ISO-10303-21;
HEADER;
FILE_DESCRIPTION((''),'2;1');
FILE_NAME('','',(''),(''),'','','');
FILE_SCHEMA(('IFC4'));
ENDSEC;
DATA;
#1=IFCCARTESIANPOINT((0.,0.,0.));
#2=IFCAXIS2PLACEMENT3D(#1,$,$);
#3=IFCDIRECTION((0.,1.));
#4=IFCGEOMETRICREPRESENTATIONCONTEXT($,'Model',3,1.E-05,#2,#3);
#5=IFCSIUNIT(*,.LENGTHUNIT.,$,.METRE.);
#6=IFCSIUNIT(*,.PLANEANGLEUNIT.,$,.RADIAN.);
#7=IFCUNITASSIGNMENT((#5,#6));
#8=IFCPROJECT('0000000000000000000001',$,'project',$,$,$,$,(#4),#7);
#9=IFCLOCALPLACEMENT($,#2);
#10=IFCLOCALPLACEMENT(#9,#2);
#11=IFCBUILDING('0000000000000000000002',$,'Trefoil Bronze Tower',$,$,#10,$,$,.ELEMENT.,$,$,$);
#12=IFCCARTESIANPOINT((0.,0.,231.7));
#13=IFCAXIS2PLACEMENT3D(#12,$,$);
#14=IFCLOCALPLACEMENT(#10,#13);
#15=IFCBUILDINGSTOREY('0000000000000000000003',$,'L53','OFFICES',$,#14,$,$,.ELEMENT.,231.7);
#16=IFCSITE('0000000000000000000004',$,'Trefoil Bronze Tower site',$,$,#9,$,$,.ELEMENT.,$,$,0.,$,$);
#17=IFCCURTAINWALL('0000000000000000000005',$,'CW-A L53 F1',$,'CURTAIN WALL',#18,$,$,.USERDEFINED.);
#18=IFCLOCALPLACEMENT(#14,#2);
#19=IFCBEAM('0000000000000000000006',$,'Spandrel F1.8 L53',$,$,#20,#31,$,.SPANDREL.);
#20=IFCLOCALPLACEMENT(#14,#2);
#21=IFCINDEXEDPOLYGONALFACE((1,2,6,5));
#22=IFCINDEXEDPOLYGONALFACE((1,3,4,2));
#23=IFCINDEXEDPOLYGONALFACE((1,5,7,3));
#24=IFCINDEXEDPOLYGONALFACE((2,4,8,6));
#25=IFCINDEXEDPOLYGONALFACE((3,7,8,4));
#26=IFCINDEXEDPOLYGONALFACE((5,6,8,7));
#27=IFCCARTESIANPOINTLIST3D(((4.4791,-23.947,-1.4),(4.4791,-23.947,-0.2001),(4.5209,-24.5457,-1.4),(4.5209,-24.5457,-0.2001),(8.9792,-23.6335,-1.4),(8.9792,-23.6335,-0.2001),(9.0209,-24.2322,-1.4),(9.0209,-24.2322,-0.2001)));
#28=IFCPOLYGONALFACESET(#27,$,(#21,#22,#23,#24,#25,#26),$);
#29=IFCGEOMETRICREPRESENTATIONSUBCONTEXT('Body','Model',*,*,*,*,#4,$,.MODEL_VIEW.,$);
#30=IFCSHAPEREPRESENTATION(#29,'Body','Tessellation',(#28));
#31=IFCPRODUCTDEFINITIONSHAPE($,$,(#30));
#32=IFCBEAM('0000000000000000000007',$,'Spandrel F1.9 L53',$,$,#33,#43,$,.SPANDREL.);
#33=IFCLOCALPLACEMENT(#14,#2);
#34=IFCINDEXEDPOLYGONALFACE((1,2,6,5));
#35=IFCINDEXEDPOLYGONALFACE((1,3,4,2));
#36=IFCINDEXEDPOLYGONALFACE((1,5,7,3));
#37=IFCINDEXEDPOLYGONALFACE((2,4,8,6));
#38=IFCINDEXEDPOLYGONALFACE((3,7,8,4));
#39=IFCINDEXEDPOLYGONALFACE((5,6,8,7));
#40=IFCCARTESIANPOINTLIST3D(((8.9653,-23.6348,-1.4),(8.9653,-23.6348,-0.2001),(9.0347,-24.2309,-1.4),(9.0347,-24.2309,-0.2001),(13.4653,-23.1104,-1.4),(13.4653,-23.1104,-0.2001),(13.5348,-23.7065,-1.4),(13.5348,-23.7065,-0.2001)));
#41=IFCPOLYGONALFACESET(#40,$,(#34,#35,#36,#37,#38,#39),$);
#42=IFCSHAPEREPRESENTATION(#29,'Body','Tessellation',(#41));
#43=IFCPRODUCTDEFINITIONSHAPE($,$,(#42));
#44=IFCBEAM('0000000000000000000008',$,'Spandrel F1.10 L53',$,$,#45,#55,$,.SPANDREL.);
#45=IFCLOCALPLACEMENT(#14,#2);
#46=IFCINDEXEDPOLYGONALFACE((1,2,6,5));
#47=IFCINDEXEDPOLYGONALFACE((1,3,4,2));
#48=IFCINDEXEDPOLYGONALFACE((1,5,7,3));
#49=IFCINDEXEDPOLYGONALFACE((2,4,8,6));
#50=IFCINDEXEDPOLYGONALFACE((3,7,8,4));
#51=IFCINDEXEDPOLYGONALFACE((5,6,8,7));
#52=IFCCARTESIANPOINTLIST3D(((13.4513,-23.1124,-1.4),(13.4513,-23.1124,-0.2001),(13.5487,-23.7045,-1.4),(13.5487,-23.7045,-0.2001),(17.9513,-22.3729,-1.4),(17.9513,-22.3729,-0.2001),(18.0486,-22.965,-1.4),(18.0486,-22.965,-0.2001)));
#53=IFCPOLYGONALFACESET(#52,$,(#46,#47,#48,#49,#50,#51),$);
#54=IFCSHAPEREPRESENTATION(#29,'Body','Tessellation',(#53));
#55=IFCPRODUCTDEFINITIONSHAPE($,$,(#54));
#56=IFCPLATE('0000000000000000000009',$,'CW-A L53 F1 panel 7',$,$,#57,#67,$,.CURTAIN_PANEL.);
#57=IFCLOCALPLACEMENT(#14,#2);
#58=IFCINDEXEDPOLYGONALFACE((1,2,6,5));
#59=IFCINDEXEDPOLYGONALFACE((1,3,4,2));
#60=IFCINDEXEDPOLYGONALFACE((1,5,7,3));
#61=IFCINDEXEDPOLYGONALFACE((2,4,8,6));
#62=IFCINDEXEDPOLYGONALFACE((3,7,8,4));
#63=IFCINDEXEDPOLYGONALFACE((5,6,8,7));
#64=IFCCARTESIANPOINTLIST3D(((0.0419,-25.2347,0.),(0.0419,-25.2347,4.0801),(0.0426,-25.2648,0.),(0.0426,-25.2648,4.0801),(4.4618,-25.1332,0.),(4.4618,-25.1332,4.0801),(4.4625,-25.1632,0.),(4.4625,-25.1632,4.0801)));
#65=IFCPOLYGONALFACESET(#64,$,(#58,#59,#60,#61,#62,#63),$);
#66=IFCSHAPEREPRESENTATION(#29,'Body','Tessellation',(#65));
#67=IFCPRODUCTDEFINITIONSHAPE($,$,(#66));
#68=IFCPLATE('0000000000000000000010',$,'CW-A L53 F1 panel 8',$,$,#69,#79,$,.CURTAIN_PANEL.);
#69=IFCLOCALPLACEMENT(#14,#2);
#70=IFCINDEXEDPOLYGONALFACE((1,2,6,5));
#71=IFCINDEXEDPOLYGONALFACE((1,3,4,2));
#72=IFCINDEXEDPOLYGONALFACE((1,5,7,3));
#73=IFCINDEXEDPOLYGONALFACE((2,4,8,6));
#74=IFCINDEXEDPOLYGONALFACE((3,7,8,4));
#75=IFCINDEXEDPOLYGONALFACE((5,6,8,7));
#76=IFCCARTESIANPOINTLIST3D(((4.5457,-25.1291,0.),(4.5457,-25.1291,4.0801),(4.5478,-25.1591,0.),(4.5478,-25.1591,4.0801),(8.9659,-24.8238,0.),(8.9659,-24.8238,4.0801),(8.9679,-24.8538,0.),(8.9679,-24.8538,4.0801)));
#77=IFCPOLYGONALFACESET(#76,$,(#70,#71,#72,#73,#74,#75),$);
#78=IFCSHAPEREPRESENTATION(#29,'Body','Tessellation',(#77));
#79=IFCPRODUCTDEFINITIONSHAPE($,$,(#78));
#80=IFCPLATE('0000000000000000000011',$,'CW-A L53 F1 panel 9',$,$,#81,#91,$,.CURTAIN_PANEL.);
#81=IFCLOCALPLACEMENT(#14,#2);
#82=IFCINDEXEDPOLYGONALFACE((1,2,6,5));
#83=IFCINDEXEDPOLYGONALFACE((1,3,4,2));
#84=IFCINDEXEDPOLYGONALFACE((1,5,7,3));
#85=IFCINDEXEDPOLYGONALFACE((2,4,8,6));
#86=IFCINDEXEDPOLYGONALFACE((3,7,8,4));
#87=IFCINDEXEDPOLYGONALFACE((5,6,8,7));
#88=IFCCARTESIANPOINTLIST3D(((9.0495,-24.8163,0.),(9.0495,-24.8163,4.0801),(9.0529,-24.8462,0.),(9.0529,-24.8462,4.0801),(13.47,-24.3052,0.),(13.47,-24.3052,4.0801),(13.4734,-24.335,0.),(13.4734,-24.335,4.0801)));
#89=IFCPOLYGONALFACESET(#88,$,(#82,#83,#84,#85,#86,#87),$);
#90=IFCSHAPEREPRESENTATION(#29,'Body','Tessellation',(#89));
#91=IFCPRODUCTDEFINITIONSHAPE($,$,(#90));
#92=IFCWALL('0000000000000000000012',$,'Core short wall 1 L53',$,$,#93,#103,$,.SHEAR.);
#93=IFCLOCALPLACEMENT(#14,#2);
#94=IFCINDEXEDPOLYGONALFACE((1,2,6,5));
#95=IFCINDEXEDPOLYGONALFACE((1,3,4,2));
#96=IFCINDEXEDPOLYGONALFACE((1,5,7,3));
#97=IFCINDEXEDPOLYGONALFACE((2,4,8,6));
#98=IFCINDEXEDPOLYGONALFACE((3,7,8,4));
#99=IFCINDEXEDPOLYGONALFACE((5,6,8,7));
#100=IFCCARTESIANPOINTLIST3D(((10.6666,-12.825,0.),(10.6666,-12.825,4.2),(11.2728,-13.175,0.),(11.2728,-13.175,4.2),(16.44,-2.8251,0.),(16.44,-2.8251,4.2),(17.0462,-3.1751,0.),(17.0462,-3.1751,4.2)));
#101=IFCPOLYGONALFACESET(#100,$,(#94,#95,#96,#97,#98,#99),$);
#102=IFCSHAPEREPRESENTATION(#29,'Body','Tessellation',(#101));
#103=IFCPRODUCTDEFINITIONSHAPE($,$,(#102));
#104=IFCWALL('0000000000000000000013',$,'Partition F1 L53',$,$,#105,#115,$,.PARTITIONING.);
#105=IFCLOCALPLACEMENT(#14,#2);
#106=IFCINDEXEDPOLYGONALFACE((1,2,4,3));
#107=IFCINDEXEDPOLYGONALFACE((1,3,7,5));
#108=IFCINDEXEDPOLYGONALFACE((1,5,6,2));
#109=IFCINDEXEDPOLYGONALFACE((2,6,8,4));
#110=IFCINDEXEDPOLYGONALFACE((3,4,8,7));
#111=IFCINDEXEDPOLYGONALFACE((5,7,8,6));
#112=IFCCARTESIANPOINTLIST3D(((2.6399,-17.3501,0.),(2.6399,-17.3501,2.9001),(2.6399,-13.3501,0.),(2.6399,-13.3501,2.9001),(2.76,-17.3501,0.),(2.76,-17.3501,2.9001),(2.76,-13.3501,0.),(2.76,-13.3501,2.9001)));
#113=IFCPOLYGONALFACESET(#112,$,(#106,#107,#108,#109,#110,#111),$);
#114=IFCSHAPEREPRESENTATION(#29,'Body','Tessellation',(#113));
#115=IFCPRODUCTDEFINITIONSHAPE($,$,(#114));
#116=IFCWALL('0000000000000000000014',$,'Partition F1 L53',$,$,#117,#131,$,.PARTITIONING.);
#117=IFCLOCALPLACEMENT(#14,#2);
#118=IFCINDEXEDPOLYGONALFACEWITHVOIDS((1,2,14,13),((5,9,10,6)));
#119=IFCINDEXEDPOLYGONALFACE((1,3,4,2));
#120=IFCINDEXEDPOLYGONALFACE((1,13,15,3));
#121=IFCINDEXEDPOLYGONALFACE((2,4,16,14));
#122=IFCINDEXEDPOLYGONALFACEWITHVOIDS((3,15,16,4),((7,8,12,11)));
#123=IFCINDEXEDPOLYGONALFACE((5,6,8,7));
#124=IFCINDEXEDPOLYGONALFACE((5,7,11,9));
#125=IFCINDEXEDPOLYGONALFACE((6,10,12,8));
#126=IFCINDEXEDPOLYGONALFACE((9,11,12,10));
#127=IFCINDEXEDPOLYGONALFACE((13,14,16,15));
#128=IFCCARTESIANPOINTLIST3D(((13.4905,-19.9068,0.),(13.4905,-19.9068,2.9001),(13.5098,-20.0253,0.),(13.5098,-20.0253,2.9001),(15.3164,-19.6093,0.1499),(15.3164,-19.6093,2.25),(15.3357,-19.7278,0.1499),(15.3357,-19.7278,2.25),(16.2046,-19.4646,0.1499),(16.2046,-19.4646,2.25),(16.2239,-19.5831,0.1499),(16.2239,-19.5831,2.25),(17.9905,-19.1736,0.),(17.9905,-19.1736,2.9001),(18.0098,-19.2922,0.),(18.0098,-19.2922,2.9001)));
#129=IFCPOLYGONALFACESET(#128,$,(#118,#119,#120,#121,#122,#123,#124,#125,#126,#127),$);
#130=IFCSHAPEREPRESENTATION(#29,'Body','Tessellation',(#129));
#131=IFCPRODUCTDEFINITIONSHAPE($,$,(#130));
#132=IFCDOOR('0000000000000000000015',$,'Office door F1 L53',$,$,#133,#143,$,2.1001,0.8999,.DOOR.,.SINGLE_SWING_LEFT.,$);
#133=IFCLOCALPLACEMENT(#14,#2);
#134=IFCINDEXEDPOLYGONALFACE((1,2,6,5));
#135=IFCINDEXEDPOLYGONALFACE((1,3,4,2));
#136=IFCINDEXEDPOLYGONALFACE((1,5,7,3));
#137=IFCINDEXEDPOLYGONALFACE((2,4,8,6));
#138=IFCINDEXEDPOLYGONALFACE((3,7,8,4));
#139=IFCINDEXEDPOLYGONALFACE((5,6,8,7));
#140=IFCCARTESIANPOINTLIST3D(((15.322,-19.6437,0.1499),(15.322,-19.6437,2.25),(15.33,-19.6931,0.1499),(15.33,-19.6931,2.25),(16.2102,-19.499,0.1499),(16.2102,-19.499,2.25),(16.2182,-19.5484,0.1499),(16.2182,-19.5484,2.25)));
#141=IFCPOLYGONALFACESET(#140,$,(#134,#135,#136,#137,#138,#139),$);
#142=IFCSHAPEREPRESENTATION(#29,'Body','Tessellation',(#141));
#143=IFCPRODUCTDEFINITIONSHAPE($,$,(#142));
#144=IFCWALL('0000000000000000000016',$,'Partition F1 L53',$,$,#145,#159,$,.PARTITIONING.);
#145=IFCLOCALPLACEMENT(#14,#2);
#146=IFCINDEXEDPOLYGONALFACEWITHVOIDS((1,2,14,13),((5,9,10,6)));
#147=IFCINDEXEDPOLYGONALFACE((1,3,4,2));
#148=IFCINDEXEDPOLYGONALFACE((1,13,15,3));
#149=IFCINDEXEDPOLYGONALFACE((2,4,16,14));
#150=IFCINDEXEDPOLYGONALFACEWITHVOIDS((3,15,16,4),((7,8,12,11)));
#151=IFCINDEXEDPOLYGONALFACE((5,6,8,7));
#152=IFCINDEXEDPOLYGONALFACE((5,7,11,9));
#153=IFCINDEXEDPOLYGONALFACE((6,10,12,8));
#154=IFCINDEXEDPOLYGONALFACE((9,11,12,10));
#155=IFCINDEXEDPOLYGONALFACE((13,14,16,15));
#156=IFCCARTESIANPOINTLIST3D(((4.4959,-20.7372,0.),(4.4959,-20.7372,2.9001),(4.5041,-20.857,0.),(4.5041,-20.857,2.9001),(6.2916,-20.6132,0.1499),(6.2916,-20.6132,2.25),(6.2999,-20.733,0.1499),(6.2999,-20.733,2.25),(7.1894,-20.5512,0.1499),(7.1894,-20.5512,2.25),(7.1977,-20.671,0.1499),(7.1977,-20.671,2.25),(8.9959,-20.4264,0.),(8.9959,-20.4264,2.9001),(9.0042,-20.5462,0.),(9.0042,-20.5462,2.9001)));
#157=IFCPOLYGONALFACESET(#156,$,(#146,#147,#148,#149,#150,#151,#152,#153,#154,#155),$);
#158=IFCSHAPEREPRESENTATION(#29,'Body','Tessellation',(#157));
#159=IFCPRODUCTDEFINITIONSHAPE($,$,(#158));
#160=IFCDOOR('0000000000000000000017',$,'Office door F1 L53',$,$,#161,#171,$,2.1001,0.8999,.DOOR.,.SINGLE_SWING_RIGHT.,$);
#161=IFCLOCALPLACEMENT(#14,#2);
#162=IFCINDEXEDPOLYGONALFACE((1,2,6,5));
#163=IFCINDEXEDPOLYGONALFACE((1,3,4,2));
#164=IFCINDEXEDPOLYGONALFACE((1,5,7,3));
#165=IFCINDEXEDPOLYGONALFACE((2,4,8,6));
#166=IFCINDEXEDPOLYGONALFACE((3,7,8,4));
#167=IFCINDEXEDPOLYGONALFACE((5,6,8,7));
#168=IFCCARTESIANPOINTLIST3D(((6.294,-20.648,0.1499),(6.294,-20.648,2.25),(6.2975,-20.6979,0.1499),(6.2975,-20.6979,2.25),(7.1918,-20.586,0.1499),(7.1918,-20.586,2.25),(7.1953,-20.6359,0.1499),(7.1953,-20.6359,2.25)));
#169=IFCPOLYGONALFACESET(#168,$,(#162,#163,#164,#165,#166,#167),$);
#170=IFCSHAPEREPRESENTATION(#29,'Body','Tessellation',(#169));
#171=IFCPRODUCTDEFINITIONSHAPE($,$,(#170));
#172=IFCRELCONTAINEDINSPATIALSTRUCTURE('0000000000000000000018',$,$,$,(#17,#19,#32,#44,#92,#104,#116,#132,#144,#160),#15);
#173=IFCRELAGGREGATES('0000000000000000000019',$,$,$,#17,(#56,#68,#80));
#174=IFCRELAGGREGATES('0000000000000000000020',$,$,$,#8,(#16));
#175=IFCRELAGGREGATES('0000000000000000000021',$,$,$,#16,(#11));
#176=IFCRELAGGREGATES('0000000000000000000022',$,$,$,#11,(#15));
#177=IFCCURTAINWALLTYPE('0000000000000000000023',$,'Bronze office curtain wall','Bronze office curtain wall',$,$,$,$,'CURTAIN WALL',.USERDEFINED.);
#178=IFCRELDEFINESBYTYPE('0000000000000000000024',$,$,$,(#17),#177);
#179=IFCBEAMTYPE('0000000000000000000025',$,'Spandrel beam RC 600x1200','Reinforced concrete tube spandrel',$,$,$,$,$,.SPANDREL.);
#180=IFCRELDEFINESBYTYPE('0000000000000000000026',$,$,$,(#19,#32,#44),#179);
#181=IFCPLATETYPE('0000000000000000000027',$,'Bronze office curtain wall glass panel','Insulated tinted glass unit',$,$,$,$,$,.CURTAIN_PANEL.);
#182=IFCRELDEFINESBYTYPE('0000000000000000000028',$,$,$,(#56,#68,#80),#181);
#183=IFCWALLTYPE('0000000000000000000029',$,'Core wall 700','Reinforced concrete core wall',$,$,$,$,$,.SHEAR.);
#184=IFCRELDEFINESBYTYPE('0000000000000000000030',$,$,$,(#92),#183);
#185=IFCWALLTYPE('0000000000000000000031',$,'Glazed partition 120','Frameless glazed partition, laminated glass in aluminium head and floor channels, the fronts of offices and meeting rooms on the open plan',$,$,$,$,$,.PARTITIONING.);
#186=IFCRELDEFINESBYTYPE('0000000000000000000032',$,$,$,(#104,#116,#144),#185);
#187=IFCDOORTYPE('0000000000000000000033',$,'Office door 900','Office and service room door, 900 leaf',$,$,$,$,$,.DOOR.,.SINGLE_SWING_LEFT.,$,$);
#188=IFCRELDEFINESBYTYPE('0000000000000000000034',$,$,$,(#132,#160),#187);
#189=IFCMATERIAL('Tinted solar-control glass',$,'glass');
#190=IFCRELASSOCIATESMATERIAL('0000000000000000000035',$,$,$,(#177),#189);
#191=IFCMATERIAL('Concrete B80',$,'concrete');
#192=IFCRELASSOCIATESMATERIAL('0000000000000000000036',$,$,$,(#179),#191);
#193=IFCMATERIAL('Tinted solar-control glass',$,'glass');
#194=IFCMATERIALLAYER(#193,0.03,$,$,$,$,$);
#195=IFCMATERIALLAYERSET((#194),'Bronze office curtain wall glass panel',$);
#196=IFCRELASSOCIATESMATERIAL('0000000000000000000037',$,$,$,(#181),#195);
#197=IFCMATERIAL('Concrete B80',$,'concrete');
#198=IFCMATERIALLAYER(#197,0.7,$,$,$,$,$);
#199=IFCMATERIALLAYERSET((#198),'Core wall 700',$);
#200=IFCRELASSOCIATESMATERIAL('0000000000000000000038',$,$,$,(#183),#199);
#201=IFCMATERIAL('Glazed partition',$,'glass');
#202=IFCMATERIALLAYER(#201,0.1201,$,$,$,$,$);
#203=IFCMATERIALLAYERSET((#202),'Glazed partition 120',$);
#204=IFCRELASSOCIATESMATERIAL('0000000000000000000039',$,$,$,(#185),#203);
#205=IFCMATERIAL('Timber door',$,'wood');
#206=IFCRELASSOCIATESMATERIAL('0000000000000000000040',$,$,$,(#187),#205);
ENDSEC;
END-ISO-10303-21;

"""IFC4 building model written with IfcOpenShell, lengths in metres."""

from ifc_helpers import new_model, si_unit, direction, frame, frame_2d, origin, origin_2d, place, context, subcontext, project, spatial, rectangle, extrude, material, layer, layer_set, material_profile, profile_set, type_object, element, fill, aggregate, save


model = new_model("IFC4")

# Units and contexts
model_context = context("Model", 3, precision=1e-05, world=origin(), true_north=direction((0.0, 1.0)))
body_context = subcontext(model_context, "Body", "Model", "MODEL_VIEW")
ifc_project = project(units=[si_unit("LENGTHUNIT", "METRE"), si_unit("PLANEANGLEUNIT", "RADIAN")], contexts=[model_context])

# Site, building, storey
site_placement = place(None, origin())
site = spatial("IfcSite", under=ifc_project, at=site_placement, Name="Trefoil Bronze Tower site", CompositionType="ELEMENT", RefElevation=0.0)
building_placement = place(site_placement, origin())
building = spatial("IfcBuilding", under=site, at=building_placement, Name="Trefoil Bronze Tower", CompositionType="ELEMENT")
storey_placement = place(building_placement, frame((0.0, 0.0, 231.7)))
storey = spatial("IfcBuildingStorey", under=building, at=storey_placement, Name="L53", Description="OFFICES", CompositionType="ELEMENT", Elevation=231.7)

# Curtain wall
ifc_material_1 = material(Name="Tinted solar-control glass", Category="glass")
curtain_wall_type = type_object("IfcCurtainWallType", Name="Bronze office curtain wall", Description="Bronze office curtain wall", ElementType="CURTAIN WALL", PredefinedType="USERDEFINED", material=ifc_material_1)
curtain_wall_placement = place(storey_placement, origin())
curtain_wall = element("IfcCurtainWall", 1, at=curtain_wall_placement, inside=storey, type_object=curtain_wall_type, Name="CW-A L53 F1", ObjectType="CURTAIN WALL", PredefinedType="USERDEFINED")

# Beams
ifc_material_2 = material(Name="Concrete B80", Category="concrete")
ifc_material_profile_1 = material_profile(ifc_material_2, rectangle(XDim=0.6001, YDim=1.2, at=origin_2d()), Name="RC 600x1200")
ifc_profile_set_1 = profile_set([ifc_material_profile_1], Name="Concrete B80")
beam_type_1 = type_object("IfcBeamType", Name="Spandrel beam RC 600x1200", Description="Reinforced concrete tube spandrel", PredefinedType="SPANDREL", material=ifc_profile_set_1)
beam_1_placement = place(storey_placement, frame((4.5, -24.2463, -0.8), z_axis=(0.997582, 0.069493, 0.0), x_axis=(-0.069493, 0.997582, 0.0)))
element("IfcBeam", 2, at=beam_1_placement, inside=storey, type_object=beam_type_1, Name="Spandrel F1.8 L53", PredefinedType="SPANDREL", context=body_context, shape_type="SweptSolid", body=[
    extrude(rectangle(XDim=0.6001, YDim=1.2, at=origin_2d()), origin(), (0.0, 0.0, 1.0), 4.511),
])
beam_2_placement = place(storey_placement, frame((9.0, -23.9329, -0.8), z_axis=(0.993278, 0.115753, 0.0), x_axis=(-0.115753, 0.993278, 0.0)))
element("IfcBeam", 3, at=beam_2_placement, inside=storey, type_object=beam_type_1, Name="Spandrel F1.9 L53", PredefinedType="SPANDREL", context=body_context, shape_type="SweptSolid", body=[
    extrude(rectangle(XDim=0.6001, YDim=1.2, at=origin_2d()), origin(), (0.0, 0.0, 1.0), 4.5305),
])
beam_3_placement = place(storey_placement, frame((13.5, -23.4084, -0.8), z_axis=(0.986765, 0.162159, 0.0), x_axis=(-0.162159, 0.986765, 0.0)))
element("IfcBeam", 4, at=beam_3_placement, inside=storey, type_object=beam_type_1, Name="Spandrel F1.10 L53", PredefinedType="SPANDREL", context=body_context, shape_type="SweptSolid", body=[
    extrude(rectangle(XDim=0.6001, YDim=1.2, at=origin_2d()), origin(), (0.0, 0.0, 1.0), 4.5603),
])

# Plates
ifc_material_3 = material(Name="Tinted solar-control glass", Category="glass")
ifc_layer_1 = layer(ifc_material_3, 0.03)
ifc_layer_set_1 = layer_set([ifc_layer_1], Name="Bronze office curtain wall glass panel")
plate_type = type_object("IfcPlateType", Name="Bronze office curtain wall glass panel", Description="Insulated tinted glass unit", PredefinedType="CURTAIN_PANEL", material=ifc_layer_set_1)
plate_1_placement = place(storey_placement, frame((2.2522, -25.199, 0.0), z_axis=(0.0, 0.0, 1.0), x_axis=(0.999736, 0.022972, 0.0)))
plate_1 = element("IfcPlate", 5, at=plate_1_placement, type_object=plate_type, Name="CW-A L53 F1 panel 7", PredefinedType="CURTAIN_PANEL", context=body_context, shape_type="SweptSolid", body=[
    extrude(rectangle(XDim=4.4211, YDim=0.03, at=origin_2d()), origin(), (0.0, 0.0, 1.0), 4.0801),
])
plate_2_placement = place(storey_placement, frame((6.7568, -24.9915, 0.0), z_axis=(0.0, 0.0, 1.0), x_axis=(0.997623, 0.068915, 0.0)))
plate_2 = element("IfcPlate", 6, at=plate_2_placement, type_object=plate_type, Name="CW-A L53 F1 panel 8", PredefinedType="CURTAIN_PANEL", context=body_context, shape_type="SweptSolid", body=[
    extrude(rectangle(XDim=4.4307, YDim=0.03, at=origin_2d()), origin(), (0.0, 0.0, 1.0), 4.0801),
])
plate_3_placement = place(storey_placement, frame((11.2615, -24.5757, 0.0), z_axis=(0.0, 0.0, 1.0), x_axis=(0.993382, 0.114859, 0.0)))
plate_3 = element("IfcPlate", 7, at=plate_3_placement, type_object=plate_type, Name="CW-A L53 F1 panel 9", PredefinedType="CURTAIN_PANEL", context=body_context, shape_type="SweptSolid", body=[
    extrude(rectangle(XDim=4.45, YDim=0.03, at=origin_2d()), origin(), (0.0, 0.0, 1.0), 4.0801),
])
aggregate(curtain_wall, [plate_1, plate_2, plate_3])

# Walls
ifc_material_4 = material(Name="Concrete B80", Category="concrete")
ifc_layer_2 = layer(ifc_material_4, 0.7)
ifc_layer_set_2 = layer_set([ifc_layer_2], Name="Core wall 700")
wall_type_1 = type_object("IfcWallType", Name="Core wall 700", Description="Reinforced concrete core wall", PredefinedType="SHEAR", material=ifc_layer_set_2)
wall_1_placement = place(storey_placement, frame((10.9697, -13.0, 0.0), z_axis=(0.0, 0.0, 1.0), x_axis=(0.499996, 0.866028, 0.0)))
element("IfcWall", 8, at=wall_1_placement, inside=storey, type_object=wall_type_1, Name="Core short wall 1 L53", PredefinedType="SHEAR", context=body_context, shape_type="SweptSolid", body=[
    extrude(rectangle(XDim=11.5469, YDim=0.7, at=frame_2d((5.7734, 0.0))), origin(), (0.0, 0.0, 1.0), 4.2),
])
ifc_material_5 = material(Name="Glazed partition", Category="glass")
ifc_layer_3 = layer(ifc_material_5, 0.1201)
ifc_layer_set_3 = layer_set([ifc_layer_3], Name="Glazed partition 120")
wall_type_2 = type_object("IfcWallType", Name="Glazed partition 120", Description="Frameless glazed partition, laminated glass in aluminium head and floor channels, the fronts of offices and meeting rooms on the open plan", PredefinedType="PARTITIONING", material=ifc_layer_set_3)
wall_2_placement = place(storey_placement, frame((2.7, -13.3501, 0.0), z_axis=(0.0, 0.0, 1.0), x_axis=(0.0, -1.0, 0.0)))
element("IfcWall", 9, at=wall_2_placement, inside=storey, type_object=wall_type_2, Name="Partition F1 L53", PredefinedType="PARTITIONING", context=body_context, shape_type="SweptSolid", body=[
    extrude(rectangle(XDim=4.0, YDim=0.1201, at=frame_2d((2.0, 0.0))), origin(), (0.0, 0.0, 1.0), 2.9001),
])

# Walls, openings, doors
wall_3_placement = place(storey_placement, frame((13.5, -19.9661, 0.0), z_axis=(0.0, 0.0, 1.0), x_axis=(0.986987, 0.160803, 0.0)))
wall_3 = element("IfcWall", 10, at=wall_3_placement, inside=storey, type_object=wall_type_2, Name="Partition F1 L53", PredefinedType="PARTITIONING", context=body_context, shape_type="SweptSolid", body=[
    extrude(rectangle(XDim=4.5593, YDim=0.1201, at=frame_2d((2.2798, 0.0))), origin(), (0.0, 0.0, 1.0), 2.9001),
])
opening_1_placement = place(wall_3_placement, frame((1.8501, 0.0, 0.1499)))
opening_1 = element("IfcOpeningElement", 11, at=opening_1_placement, cuts=wall_3, PredefinedType="OPENING", context=body_context, shape_type="SweptSolid", body=[
    extrude(rectangle(XDim=0.8999, YDim=2.1001, at=frame_2d((0.45, 1.05))), frame((0.0, 0.0701, 0.0), z_axis=(0.0, -1.0, 0.0), x_axis=(1.0, 0.0, 0.0)), (0.0, 0.0, 1.0), 0.1401),
])
ifc_material_6 = material(Name="Timber door", Category="wood")
door_type = type_object("IfcDoorType", Name="Office door 900", Description="Office and service room door, 900 leaf", OperationType="SINGLE_SWING_LEFT", PredefinedType="DOOR", material=ifc_material_6)
door_1_placement = place(opening_1_placement, frame((0.8999, 0.0, 0.0), z_axis=(0.0, 0.0, 1.0), x_axis=(-1.0, 0.0, 0.0)))
door_1 = element("IfcDoor", 12, at=door_1_placement, inside=storey, type_object=door_type, Name="Office door F1 L53", OperationType="SINGLE_SWING_LEFT", OverallHeight=2.1001, OverallWidth=0.8999, PredefinedType="DOOR", context=body_context, shape_type="SweptSolid", body=[
    extrude(rectangle(XDim=0.8999, YDim=2.1001, at=frame_2d((0.45, 1.05))), frame((0.0, 0.0249, 0.0), z_axis=(0.0, -1.0, 0.0), x_axis=(1.0, 0.0, 0.0)), (0.0, 0.0, 1.0), 0.05),
])
fill(opening_1, door_1)
wall_4_placement = place(storey_placement, frame((4.5, -20.7971, 0.0), z_axis=(0.0, 0.0, 1.0), x_axis=(0.997624, 0.068901, 0.0)))
wall_4 = element("IfcWall", 13, at=wall_4_placement, inside=storey, type_object=wall_type_2, Name="Partition F1 L53", PredefinedType="PARTITIONING", context=body_context, shape_type="SweptSolid", body=[
    extrude(rectangle(XDim=4.5107, YDim=0.1201, at=frame_2d((2.2554, 0.0))), origin(), (0.0, 0.0, 1.0), 2.9001),
])
opening_2_placement = place(wall_4_placement, frame((1.8, 0.0, 0.1499)))
opening_2 = element("IfcOpeningElement", 14, at=opening_2_placement, cuts=wall_4, PredefinedType="OPENING", context=body_context, shape_type="SweptSolid", body=[
    extrude(rectangle(XDim=0.8999, YDim=2.1001, at=frame_2d((0.45, 1.05))), frame((0.0, 0.0701, 0.0), z_axis=(0.0, -1.0, 0.0), x_axis=(1.0, 0.0, 0.0)), (0.0, 0.0, 1.0), 0.1401),
])
door_2_placement = place(opening_2_placement, frame((0.8999, 0.0, 0.0), z_axis=(0.0, 0.0, 1.0), x_axis=(-1.0, 0.0, 0.0)))
door_2 = element("IfcDoor", 15, at=door_2_placement, inside=storey, type_object=door_type, Name="Office door F1 L53", OperationType="SINGLE_SWING_RIGHT", OverallHeight=2.1001, OverallWidth=0.8999, PredefinedType="DOOR", context=body_context, shape_type="SweptSolid", body=[
    extrude(rectangle(XDim=0.8999, YDim=2.1001, at=frame_2d((0.45, 1.05))), frame((0.0, 0.0249, 0.0), z_axis=(0.0, -1.0, 0.0), x_axis=(1.0, 0.0, 0.0)), (0.0, 0.0, 1.0), 0.05),
])
fill(opening_2, door_2)

save(model, "model.ifc")
